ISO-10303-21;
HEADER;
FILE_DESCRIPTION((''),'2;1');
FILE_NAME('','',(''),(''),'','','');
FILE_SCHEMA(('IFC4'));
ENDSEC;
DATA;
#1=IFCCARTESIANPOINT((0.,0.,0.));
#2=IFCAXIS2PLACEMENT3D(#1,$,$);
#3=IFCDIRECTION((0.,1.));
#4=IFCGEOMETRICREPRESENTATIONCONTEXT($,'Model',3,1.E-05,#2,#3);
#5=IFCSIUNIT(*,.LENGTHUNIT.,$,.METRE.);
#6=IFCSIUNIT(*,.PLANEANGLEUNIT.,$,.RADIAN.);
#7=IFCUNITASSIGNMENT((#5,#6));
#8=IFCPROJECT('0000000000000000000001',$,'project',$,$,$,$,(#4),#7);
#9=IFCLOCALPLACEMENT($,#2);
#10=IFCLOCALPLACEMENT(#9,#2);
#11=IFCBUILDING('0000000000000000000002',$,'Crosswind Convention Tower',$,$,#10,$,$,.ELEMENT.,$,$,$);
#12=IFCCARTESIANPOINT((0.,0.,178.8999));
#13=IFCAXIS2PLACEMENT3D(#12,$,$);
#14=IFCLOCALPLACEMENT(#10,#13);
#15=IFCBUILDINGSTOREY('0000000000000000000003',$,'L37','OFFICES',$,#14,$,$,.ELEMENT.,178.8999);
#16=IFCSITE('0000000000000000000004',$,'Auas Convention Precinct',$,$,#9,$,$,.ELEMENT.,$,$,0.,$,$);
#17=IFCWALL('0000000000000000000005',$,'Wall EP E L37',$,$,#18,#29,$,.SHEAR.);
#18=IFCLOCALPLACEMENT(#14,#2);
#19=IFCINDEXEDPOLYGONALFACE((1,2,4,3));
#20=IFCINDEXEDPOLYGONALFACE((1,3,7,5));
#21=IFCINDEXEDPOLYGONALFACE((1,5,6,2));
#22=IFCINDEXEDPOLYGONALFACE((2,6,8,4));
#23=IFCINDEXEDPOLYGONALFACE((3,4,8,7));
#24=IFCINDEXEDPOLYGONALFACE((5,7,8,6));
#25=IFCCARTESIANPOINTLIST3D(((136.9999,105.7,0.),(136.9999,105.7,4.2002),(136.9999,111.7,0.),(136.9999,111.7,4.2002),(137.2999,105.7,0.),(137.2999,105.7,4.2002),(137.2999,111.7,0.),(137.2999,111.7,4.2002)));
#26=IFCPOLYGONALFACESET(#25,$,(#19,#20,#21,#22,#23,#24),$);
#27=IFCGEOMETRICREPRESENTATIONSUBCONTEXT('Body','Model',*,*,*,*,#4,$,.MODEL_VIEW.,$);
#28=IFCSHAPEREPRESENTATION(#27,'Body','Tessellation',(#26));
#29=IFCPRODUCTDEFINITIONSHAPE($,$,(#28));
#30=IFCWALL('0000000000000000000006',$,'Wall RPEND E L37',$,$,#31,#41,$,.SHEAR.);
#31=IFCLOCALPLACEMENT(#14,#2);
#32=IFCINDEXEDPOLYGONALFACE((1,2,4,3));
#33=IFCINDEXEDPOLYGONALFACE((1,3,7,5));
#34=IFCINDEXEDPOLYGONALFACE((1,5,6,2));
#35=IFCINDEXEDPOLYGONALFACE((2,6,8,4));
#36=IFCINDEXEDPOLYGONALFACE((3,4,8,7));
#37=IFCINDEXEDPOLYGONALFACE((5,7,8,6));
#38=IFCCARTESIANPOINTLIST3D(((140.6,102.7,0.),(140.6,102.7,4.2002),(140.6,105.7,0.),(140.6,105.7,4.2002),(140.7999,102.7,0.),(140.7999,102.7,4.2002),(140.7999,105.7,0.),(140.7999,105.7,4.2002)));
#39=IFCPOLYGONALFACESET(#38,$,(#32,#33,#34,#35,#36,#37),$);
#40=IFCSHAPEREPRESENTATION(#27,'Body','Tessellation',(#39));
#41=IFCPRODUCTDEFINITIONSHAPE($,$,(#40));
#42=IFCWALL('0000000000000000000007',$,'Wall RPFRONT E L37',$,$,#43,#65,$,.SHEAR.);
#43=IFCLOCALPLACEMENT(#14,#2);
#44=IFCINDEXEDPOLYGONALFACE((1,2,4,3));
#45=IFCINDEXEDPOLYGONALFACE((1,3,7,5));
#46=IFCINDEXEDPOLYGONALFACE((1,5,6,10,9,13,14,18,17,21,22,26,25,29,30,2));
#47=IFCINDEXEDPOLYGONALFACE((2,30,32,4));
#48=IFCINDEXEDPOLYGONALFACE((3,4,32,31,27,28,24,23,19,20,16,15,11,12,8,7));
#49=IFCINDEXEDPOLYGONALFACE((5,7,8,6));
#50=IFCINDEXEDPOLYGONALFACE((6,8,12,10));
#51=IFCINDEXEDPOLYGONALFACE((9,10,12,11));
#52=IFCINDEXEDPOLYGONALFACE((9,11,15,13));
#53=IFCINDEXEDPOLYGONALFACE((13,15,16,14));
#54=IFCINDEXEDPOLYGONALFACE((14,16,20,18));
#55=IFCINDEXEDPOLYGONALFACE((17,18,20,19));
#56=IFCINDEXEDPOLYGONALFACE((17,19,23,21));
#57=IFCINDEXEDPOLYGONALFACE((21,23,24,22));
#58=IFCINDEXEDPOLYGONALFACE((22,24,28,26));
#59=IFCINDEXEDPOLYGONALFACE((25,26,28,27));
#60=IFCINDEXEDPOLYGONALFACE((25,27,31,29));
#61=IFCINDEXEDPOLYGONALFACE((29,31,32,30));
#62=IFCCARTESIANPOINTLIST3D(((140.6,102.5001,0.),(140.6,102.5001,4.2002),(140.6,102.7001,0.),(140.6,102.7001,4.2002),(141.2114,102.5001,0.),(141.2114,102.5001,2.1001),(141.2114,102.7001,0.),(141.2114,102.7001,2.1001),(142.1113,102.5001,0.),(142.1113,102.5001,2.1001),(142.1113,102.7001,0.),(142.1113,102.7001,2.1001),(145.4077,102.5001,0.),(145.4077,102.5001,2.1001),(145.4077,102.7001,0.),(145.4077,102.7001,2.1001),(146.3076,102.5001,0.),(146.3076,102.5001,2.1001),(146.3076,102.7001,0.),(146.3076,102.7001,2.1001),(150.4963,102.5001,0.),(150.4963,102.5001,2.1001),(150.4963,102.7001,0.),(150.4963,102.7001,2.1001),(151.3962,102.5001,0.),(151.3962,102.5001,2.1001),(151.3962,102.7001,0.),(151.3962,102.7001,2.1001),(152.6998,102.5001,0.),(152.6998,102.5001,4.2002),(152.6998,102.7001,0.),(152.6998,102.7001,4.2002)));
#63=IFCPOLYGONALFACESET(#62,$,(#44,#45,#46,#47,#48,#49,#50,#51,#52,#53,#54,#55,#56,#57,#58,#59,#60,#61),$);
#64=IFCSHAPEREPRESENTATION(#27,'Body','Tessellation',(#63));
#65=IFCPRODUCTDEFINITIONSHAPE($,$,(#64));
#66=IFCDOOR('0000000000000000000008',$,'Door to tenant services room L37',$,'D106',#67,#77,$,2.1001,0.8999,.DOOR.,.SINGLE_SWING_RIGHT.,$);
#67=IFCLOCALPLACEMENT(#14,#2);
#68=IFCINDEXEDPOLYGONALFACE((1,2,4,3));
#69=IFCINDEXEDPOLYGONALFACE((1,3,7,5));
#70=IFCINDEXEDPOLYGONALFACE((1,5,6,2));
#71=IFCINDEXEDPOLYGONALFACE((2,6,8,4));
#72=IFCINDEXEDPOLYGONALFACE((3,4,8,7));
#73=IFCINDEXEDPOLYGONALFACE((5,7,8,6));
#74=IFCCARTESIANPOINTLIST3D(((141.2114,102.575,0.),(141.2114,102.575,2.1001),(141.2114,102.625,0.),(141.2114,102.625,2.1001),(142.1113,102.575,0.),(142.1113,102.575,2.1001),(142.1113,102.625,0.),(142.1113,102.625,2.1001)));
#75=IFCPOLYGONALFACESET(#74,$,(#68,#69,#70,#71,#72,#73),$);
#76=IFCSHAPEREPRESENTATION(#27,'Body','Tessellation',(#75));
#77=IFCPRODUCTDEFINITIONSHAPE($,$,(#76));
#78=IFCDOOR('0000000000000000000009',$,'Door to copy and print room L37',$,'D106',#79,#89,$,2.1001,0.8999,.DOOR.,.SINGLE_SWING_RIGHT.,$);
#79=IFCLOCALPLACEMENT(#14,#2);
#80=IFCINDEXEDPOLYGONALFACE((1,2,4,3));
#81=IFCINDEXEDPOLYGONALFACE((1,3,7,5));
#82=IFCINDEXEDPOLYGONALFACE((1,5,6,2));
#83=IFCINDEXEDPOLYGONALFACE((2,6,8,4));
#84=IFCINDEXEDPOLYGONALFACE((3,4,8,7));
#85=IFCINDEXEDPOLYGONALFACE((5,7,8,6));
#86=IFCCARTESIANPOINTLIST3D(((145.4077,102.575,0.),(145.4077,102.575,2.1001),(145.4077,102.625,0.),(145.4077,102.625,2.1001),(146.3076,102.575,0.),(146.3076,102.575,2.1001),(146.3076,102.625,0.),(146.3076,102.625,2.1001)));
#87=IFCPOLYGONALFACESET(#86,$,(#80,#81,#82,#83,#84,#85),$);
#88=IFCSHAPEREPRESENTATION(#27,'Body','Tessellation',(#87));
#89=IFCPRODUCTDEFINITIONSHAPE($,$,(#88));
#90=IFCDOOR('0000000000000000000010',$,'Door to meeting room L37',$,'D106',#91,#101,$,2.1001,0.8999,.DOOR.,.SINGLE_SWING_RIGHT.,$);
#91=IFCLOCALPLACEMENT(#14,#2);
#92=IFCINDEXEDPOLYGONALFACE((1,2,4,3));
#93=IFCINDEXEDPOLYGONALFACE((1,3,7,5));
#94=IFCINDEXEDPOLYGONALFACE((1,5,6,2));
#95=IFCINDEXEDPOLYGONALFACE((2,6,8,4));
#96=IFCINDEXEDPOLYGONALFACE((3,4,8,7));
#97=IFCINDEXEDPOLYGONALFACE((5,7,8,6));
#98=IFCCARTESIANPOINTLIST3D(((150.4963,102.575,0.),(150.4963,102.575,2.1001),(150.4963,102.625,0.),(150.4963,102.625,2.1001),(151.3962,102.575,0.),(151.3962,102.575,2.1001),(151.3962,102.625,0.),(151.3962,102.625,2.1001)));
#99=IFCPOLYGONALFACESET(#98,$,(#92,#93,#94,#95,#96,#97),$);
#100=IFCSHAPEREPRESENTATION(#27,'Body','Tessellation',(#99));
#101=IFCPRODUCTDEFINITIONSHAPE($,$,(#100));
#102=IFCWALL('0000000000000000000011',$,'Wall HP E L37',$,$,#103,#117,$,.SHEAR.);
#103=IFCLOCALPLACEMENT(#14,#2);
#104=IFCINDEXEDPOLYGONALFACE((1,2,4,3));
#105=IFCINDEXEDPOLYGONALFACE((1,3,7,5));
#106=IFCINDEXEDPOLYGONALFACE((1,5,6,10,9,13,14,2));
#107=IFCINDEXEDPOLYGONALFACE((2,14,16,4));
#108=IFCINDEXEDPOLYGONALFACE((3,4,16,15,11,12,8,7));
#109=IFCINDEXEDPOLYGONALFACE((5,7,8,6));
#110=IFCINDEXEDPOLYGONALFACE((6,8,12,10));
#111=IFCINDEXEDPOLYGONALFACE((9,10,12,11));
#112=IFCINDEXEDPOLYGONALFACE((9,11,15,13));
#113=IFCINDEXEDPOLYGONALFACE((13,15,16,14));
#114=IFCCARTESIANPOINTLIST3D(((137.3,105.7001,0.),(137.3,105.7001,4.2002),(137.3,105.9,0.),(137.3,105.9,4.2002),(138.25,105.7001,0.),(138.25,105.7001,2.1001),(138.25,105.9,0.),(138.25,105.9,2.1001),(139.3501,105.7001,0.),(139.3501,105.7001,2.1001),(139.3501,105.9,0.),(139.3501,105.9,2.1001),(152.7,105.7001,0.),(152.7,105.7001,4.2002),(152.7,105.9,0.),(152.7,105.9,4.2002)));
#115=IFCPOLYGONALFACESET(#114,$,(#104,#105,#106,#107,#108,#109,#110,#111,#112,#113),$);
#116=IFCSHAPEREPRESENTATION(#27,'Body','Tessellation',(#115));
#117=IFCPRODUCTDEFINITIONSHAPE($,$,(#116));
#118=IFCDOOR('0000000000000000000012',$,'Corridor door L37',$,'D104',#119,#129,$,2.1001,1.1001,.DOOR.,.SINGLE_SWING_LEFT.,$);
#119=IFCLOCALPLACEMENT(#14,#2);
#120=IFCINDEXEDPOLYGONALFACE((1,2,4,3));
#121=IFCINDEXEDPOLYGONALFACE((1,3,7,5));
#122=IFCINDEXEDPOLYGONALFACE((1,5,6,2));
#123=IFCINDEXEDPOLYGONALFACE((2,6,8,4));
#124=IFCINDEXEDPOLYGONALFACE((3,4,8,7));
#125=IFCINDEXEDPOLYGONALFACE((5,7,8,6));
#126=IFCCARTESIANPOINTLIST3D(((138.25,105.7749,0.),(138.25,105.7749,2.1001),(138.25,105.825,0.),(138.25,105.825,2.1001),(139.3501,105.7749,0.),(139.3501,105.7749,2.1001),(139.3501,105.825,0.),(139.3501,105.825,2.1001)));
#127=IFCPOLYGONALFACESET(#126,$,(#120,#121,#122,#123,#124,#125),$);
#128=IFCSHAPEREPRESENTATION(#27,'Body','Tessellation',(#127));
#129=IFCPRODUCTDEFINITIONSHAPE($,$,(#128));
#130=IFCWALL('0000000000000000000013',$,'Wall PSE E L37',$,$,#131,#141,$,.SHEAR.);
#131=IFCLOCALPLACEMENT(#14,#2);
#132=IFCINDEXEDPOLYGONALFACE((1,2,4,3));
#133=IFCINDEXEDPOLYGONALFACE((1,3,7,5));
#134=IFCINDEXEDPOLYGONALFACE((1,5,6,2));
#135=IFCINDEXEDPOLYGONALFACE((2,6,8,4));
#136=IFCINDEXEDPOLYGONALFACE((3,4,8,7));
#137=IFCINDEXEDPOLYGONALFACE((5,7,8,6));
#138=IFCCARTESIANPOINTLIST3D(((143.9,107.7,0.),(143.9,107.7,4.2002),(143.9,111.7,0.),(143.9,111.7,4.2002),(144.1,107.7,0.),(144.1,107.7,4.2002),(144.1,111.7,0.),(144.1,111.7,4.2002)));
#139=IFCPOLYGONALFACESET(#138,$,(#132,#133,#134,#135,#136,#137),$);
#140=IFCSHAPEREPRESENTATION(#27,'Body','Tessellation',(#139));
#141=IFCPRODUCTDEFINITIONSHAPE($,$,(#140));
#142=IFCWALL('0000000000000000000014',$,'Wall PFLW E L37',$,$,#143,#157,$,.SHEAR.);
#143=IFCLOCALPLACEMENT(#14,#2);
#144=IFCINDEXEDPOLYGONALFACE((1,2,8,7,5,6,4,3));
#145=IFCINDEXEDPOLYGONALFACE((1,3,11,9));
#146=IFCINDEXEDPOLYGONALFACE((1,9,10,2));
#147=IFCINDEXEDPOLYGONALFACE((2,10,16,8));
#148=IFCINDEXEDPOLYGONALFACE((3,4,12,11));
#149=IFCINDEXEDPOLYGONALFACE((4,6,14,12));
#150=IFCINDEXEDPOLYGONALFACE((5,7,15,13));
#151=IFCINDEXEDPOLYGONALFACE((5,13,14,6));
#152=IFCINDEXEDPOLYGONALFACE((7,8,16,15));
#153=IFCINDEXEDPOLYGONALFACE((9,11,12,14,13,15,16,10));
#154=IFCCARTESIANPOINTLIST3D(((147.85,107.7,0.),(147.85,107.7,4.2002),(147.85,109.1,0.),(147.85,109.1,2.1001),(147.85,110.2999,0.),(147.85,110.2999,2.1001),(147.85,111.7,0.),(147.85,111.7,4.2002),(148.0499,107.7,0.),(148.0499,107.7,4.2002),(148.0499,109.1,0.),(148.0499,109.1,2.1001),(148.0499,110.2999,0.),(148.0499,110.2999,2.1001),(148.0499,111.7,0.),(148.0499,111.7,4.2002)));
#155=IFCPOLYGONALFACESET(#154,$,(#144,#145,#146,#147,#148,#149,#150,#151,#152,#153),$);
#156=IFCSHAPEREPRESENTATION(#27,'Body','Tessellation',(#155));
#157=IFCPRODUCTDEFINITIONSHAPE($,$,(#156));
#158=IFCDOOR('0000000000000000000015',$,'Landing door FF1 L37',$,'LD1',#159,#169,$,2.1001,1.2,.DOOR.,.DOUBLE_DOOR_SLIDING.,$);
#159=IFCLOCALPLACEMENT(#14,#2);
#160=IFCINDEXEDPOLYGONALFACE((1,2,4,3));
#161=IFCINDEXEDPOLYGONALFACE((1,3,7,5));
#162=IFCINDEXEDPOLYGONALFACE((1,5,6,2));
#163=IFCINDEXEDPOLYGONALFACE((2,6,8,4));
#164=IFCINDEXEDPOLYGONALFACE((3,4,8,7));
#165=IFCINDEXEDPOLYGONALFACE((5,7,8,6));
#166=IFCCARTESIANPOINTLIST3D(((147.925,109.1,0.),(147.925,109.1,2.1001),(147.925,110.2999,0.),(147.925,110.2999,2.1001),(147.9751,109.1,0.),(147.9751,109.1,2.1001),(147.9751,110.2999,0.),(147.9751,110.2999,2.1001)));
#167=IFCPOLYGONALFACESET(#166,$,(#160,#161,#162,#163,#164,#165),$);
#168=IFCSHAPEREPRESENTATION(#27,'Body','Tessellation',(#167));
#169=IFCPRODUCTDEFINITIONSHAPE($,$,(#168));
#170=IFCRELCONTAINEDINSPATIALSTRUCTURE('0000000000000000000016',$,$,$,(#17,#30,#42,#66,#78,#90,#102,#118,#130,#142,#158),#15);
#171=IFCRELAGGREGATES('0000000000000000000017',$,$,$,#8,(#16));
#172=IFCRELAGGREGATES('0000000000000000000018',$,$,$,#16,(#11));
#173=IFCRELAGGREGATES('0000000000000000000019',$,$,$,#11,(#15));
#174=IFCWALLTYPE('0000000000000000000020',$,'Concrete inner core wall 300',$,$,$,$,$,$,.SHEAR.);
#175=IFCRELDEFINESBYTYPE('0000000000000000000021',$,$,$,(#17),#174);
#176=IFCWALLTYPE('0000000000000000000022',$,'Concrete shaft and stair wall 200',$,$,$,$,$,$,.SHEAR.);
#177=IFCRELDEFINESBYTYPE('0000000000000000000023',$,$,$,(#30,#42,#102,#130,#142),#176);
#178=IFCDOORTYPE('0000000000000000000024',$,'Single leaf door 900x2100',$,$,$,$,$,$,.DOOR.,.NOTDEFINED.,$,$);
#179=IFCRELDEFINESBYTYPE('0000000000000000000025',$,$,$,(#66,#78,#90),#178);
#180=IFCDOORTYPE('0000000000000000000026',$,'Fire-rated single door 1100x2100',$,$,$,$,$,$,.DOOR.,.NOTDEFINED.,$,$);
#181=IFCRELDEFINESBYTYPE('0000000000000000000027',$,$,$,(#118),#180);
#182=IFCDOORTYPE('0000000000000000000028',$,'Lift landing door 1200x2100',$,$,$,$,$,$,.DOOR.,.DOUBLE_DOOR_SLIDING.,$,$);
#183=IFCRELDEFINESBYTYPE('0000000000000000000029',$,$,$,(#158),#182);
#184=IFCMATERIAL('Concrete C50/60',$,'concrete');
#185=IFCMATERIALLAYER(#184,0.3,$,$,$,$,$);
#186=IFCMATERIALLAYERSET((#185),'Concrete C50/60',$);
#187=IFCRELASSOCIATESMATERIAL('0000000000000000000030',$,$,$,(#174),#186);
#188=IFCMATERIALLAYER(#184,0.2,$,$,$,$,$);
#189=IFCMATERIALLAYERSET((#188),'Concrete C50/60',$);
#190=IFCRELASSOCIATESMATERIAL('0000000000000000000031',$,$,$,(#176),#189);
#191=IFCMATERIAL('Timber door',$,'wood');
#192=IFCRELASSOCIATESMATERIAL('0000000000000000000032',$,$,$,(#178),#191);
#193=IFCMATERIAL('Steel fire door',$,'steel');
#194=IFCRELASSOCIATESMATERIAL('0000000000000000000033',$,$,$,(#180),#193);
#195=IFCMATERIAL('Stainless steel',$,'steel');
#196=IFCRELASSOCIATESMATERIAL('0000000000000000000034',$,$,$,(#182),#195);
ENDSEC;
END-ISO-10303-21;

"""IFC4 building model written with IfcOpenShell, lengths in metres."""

from ifc_helpers import new_model, si_unit, direction, frame, frame_2d, origin, place, context, subcontext, project, spatial, rectangle, extrude, material, layer, layer_set, type_object, element, fill, save


model = new_model("IFC4")

# Units and contexts
model_context = context("Model", 3, precision=1e-05, world=origin(), true_north=direction((0.0, 1.0)))
body_context = subcontext(model_context, "Body", "Model", "MODEL_VIEW")
ifc_project = project(units=[si_unit("LENGTHUNIT", "METRE"), si_unit("PLANEANGLEUNIT", "RADIAN")], contexts=[model_context])

# Site, building, storey
site_placement = place(None, origin())
site = spatial("IfcSite", under=ifc_project, at=site_placement, Name="Auas Convention Precinct", CompositionType="ELEMENT", RefElevation=0.0)
building_placement = place(site_placement, origin())
building = spatial("IfcBuilding", under=site, at=building_placement, Name="Crosswind Convention Tower", CompositionType="ELEMENT")
storey_placement = place(building_placement, frame((0.0, 0.0, 178.8999)))
storey = spatial("IfcBuildingStorey", under=building, at=storey_placement, Name="L37", Description="OFFICES", CompositionType="ELEMENT", Elevation=178.8999)

# Walls
ifc_material_1 = material(Name="Concrete C50/60", Category="concrete")
ifc_layer_1 = layer(ifc_material_1, 0.3)
ifc_layer_set_1 = layer_set([ifc_layer_1], Name="Concrete C50/60")
wall_type_1 = type_object("IfcWallType", Name="Concrete inner core wall 300", PredefinedType="SHEAR", material=ifc_layer_set_1)
wall_1_placement = place(storey_placement, frame((137.1499, 105.7, 0.0), z_axis=(0.0, 0.0, 1.0), x_axis=(0.0, 1.0, 0.0)))
element("IfcWall", 1, at=wall_1_placement, inside=storey, type_object=wall_type_1, Name="Wall EP E L37", PredefinedType="SHEAR", context=body_context, shape_type="SweptSolid", body=[
    extrude(rectangle(XDim=6.0, YDim=0.3, at=frame_2d((3.0, 0.0))), origin(), (0.0, 0.0, 1.0), 4.2002),
])
ifc_layer_2 = layer(ifc_material_1, 0.2)
ifc_layer_set_2 = layer_set([ifc_layer_2], Name="Concrete C50/60")
wall_type_2 = type_object("IfcWallType", Name="Concrete shaft and stair wall 200", PredefinedType="SHEAR", material=ifc_layer_set_2)
wall_2_placement = place(storey_placement, frame((140.7, 102.7, 0.0), z_axis=(0.0, 0.0, 1.0), x_axis=(0.0, 1.0, 0.0)))
element("IfcWall", 2, at=wall_2_placement, inside=storey, type_object=wall_type_2, Name="Wall RPEND E L37", PredefinedType="SHEAR", context=body_context, shape_type="SweptSolid", body=[
    extrude(rectangle(XDim=3.0, YDim=0.2, at=frame_2d((1.5, 0.0))), origin(), (0.0, 0.0, 1.0), 4.2002),
])

# Wall, openings, doors
wall_3_placement = place(storey_placement, frame((140.6001, 102.6001, 0.0), z_axis=(0.0, 0.0, 1.0), x_axis=(1.0, 0.0, 0.0)))
wall_3 = element("IfcWall", 3, at=wall_3_placement, inside=storey, type_object=wall_type_2, Name="Wall RPFRONT E L37", PredefinedType="SHEAR", context=body_context, shape_type="SweptSolid", body=[
    extrude(rectangle(XDim=12.0999, YDim=0.2, at=frame_2d((6.0498, 0.0))), origin(), (0.0, 0.0, 1.0), 4.2002),
])
opening_1_placement = place(wall_3_placement, frame((0.6113, 0.0, 0.0)))
opening_1 = element("IfcOpeningElement", 4, at=opening_1_placement, cuts=wall_3, PredefinedType="OPENING", context=body_context, shape_type="SweptSolid", body=[
    extrude(rectangle(XDim=0.8999, YDim=2.1001, at=frame_2d((0.45, 1.05))), frame((0.0, 0.1099, 0.0), z_axis=(0.0, -1.0, 0.0), x_axis=(1.0, 0.0, 0.0)), (0.0, 0.0, 1.0), 0.22),
])
opening_2_placement = place(wall_3_placement, frame((4.8076, 0.0, 0.0)))
opening_2 = element("IfcOpeningElement", 5, at=opening_2_placement, cuts=wall_3, PredefinedType="OPENING", context=body_context, shape_type="SweptSolid", body=[
    extrude(rectangle(XDim=0.8999, YDim=2.1001, at=frame_2d((0.45, 1.05))), frame((0.0, 0.1099, 0.0), z_axis=(0.0, -1.0, 0.0), x_axis=(1.0, 0.0, 0.0)), (0.0, 0.0, 1.0), 0.22),
])
opening_3_placement = place(wall_3_placement, frame((9.8962, 0.0, 0.0)))
opening_3 = element("IfcOpeningElement", 6, at=opening_3_placement, cuts=wall_3, PredefinedType="OPENING", context=body_context, shape_type="SweptSolid", body=[
    extrude(rectangle(XDim=0.8999, YDim=2.1001, at=frame_2d((0.45, 1.05))), frame((0.0, 0.1099, 0.0), z_axis=(0.0, -1.0, 0.0), x_axis=(1.0, 0.0, 0.0)), (0.0, 0.0, 1.0), 0.22),
])
ifc_material_2 = material(Name="Timber door", Category="wood")
door_type_1 = type_object("IfcDoorType", Name="Single leaf door 900x2100", OperationType="NOTDEFINED", PredefinedType="DOOR", material=ifc_material_2)
door_1_placement = place(opening_1_placement, origin())
door_1 = element("IfcDoor", 7, at=door_1_placement, inside=storey, type_object=door_type_1, Name="Door to tenant services room L37", ObjectType="D106", OperationType="SINGLE_SWING_RIGHT", OverallHeight=2.1001, OverallWidth=0.8999, PredefinedType="DOOR", context=body_context, shape_type="SweptSolid", body=[
    extrude(rectangle(XDim=0.8999, YDim=2.1001, at=frame_2d((0.45, 1.05))), frame((0.0, 0.0249, 0.0), z_axis=(0.0, -1.0, 0.0), x_axis=(1.0, 0.0, 0.0)), (0.0, 0.0, 1.0), 0.05),
])
fill(opening_1, door_1)
door_2_placement = place(opening_2_placement, origin())
door_2 = element("IfcDoor", 8, at=door_2_placement, inside=storey, type_object=door_type_1, Name="Door to copy and print room L37", ObjectType="D106", OperationType="SINGLE_SWING_RIGHT", OverallHeight=2.1001, OverallWidth=0.8999, PredefinedType="DOOR", context=body_context, shape_type="SweptSolid", body=[
    extrude(rectangle(XDim=0.8999, YDim=2.1001, at=frame_2d((0.45, 1.05))), frame((0.0, 0.0249, 0.0), z_axis=(0.0, -1.0, 0.0), x_axis=(1.0, 0.0, 0.0)), (0.0, 0.0, 1.0), 0.05),
])
fill(opening_2, door_2)
door_3_placement = place(opening_3_placement, origin())
door_3 = element("IfcDoor", 9, at=door_3_placement, inside=storey, type_object=door_type_1, Name="Door to meeting room L37", ObjectType="D106", OperationType="SINGLE_SWING_RIGHT", OverallHeight=2.1001, OverallWidth=0.8999, PredefinedType="DOOR", context=body_context, shape_type="SweptSolid", body=[
    extrude(rectangle(XDim=0.8999, YDim=2.1001, at=frame_2d((0.45, 1.05))), frame((0.0, 0.0249, 0.0), z_axis=(0.0, -1.0, 0.0), x_axis=(1.0, 0.0, 0.0)), (0.0, 0.0, 1.0), 0.05),
])
fill(opening_3, door_3)

# Wall, opening, door
wall_4_placement = place(storey_placement, frame((137.3, 105.8, 0.0), z_axis=(0.0, 0.0, 1.0), x_axis=(1.0, 0.0, 0.0)))
wall_4 = element("IfcWall", 10, at=wall_4_placement, inside=storey, type_object=wall_type_2, Name="Wall HP E L37", PredefinedType="SHEAR", context=body_context, shape_type="SweptSolid", body=[
    extrude(rectangle(XDim=15.3999, YDim=0.2, at=frame_2d((7.7, 0.0))), origin(), (0.0, 0.0, 1.0), 4.2002),
])
opening_4_placement = place(wall_4_placement, frame((0.95, 0.0, 0.0)))
opening_4 = element("IfcOpeningElement", 11, at=opening_4_placement, cuts=wall_4, PredefinedType="OPENING", context=body_context, shape_type="SweptSolid", body=[
    extrude(rectangle(XDim=1.1001, YDim=2.1001, at=frame_2d((0.55, 1.05))), frame((0.0, 0.1099, 0.0), z_axis=(0.0, -1.0, 0.0), x_axis=(1.0, 0.0, 0.0)), (0.0, 0.0, 1.0), 0.22),
])
ifc_material_3 = material(Name="Steel fire door", Category="steel")
door_type_2 = type_object("IfcDoorType", Name="Fire-rated single door 1100x2100", OperationType="NOTDEFINED", PredefinedType="DOOR", material=ifc_material_3)
door_4_placement = place(opening_4_placement, origin())
door_4 = element("IfcDoor", 12, at=door_4_placement, inside=storey, type_object=door_type_2, Name="Corridor door L37", ObjectType="D104", OperationType="SINGLE_SWING_LEFT", OverallHeight=2.1001, OverallWidth=1.1001, PredefinedType="DOOR", context=body_context, shape_type="SweptSolid", body=[
    extrude(rectangle(XDim=1.1001, YDim=2.1001, at=frame_2d((0.55, 1.05))), frame((0.0, 0.0249, 0.0), z_axis=(0.0, -1.0, 0.0), x_axis=(1.0, 0.0, 0.0)), (0.0, 0.0, 1.0), 0.05),
])
fill(opening_4, door_4)

# Wall
wall_5_placement = place(storey_placement, frame((144.0, 107.7, 0.0), z_axis=(0.0, 0.0, 1.0), x_axis=(0.0, 1.0, 0.0)))
element("IfcWall", 13, at=wall_5_placement, inside=storey, type_object=wall_type_2, Name="Wall PSE E L37", PredefinedType="SHEAR", context=body_context, shape_type="SweptSolid", body=[
    extrude(rectangle(XDim=4.0, YDim=0.2, at=frame_2d((2.0, 0.0))), origin(), (0.0, 0.0, 1.0), 4.2002),
])

# Wall, opening, door
wall_6_placement = place(storey_placement, frame((147.95, 107.7, 0.0), z_axis=(0.0, 0.0, 1.0), x_axis=(0.0, 1.0, 0.0)))
wall_6 = element("IfcWall", 14, at=wall_6_placement, inside=storey, type_object=wall_type_2, Name="Wall PFLW E L37", PredefinedType="SHEAR", context=body_context, shape_type="SweptSolid", body=[
    extrude(rectangle(XDim=4.0, YDim=0.2, at=frame_2d((2.0, 0.0))), origin(), (0.0, 0.0, 1.0), 4.2002),
])
opening_5_placement = place(wall_6_placement, frame((1.3999, 0.0, 0.0)))
opening_5 = element("IfcOpeningElement", 15, at=opening_5_placement, cuts=wall_6, PredefinedType="OPENING", context=body_context, shape_type="SweptSolid", body=[
    extrude(rectangle(XDim=1.2, YDim=2.1001, at=frame_2d((0.6001, 1.05))), frame((0.0, 0.1099, 0.0), z_axis=(0.0, -1.0, 0.0), x_axis=(1.0, 0.0, 0.0)), (0.0, 0.0, 1.0), 0.22),
])
ifc_material_4 = material(Name="Stainless steel", Category="steel")
door_type_3 = type_object("IfcDoorType", Name="Lift landing door 1200x2100", OperationType="DOUBLE_DOOR_SLIDING", PredefinedType="DOOR", material=ifc_material_4)
door_5_placement = place(opening_5_placement, origin())
door_5 = element("IfcDoor", 16, at=door_5_placement, inside=storey, type_object=door_type_3, Name="Landing door FF1 L37", ObjectType="LD1", OperationType="DOUBLE_DOOR_SLIDING", OverallHeight=2.1001, OverallWidth=1.2, PredefinedType="DOOR", context=body_context, shape_type="SweptSolid", body=[
    extrude(rectangle(XDim=1.2, YDim=2.1001, at=frame_2d((0.6001, 1.05))), frame((0.0, 0.0249, 0.0), z_axis=(0.0, -1.0, 0.0), x_axis=(1.0, 0.0, 0.0)), (0.0, 0.0, 1.0), 0.05),
])
fill(opening_5, door_5)

save(model, "model.ifc")
